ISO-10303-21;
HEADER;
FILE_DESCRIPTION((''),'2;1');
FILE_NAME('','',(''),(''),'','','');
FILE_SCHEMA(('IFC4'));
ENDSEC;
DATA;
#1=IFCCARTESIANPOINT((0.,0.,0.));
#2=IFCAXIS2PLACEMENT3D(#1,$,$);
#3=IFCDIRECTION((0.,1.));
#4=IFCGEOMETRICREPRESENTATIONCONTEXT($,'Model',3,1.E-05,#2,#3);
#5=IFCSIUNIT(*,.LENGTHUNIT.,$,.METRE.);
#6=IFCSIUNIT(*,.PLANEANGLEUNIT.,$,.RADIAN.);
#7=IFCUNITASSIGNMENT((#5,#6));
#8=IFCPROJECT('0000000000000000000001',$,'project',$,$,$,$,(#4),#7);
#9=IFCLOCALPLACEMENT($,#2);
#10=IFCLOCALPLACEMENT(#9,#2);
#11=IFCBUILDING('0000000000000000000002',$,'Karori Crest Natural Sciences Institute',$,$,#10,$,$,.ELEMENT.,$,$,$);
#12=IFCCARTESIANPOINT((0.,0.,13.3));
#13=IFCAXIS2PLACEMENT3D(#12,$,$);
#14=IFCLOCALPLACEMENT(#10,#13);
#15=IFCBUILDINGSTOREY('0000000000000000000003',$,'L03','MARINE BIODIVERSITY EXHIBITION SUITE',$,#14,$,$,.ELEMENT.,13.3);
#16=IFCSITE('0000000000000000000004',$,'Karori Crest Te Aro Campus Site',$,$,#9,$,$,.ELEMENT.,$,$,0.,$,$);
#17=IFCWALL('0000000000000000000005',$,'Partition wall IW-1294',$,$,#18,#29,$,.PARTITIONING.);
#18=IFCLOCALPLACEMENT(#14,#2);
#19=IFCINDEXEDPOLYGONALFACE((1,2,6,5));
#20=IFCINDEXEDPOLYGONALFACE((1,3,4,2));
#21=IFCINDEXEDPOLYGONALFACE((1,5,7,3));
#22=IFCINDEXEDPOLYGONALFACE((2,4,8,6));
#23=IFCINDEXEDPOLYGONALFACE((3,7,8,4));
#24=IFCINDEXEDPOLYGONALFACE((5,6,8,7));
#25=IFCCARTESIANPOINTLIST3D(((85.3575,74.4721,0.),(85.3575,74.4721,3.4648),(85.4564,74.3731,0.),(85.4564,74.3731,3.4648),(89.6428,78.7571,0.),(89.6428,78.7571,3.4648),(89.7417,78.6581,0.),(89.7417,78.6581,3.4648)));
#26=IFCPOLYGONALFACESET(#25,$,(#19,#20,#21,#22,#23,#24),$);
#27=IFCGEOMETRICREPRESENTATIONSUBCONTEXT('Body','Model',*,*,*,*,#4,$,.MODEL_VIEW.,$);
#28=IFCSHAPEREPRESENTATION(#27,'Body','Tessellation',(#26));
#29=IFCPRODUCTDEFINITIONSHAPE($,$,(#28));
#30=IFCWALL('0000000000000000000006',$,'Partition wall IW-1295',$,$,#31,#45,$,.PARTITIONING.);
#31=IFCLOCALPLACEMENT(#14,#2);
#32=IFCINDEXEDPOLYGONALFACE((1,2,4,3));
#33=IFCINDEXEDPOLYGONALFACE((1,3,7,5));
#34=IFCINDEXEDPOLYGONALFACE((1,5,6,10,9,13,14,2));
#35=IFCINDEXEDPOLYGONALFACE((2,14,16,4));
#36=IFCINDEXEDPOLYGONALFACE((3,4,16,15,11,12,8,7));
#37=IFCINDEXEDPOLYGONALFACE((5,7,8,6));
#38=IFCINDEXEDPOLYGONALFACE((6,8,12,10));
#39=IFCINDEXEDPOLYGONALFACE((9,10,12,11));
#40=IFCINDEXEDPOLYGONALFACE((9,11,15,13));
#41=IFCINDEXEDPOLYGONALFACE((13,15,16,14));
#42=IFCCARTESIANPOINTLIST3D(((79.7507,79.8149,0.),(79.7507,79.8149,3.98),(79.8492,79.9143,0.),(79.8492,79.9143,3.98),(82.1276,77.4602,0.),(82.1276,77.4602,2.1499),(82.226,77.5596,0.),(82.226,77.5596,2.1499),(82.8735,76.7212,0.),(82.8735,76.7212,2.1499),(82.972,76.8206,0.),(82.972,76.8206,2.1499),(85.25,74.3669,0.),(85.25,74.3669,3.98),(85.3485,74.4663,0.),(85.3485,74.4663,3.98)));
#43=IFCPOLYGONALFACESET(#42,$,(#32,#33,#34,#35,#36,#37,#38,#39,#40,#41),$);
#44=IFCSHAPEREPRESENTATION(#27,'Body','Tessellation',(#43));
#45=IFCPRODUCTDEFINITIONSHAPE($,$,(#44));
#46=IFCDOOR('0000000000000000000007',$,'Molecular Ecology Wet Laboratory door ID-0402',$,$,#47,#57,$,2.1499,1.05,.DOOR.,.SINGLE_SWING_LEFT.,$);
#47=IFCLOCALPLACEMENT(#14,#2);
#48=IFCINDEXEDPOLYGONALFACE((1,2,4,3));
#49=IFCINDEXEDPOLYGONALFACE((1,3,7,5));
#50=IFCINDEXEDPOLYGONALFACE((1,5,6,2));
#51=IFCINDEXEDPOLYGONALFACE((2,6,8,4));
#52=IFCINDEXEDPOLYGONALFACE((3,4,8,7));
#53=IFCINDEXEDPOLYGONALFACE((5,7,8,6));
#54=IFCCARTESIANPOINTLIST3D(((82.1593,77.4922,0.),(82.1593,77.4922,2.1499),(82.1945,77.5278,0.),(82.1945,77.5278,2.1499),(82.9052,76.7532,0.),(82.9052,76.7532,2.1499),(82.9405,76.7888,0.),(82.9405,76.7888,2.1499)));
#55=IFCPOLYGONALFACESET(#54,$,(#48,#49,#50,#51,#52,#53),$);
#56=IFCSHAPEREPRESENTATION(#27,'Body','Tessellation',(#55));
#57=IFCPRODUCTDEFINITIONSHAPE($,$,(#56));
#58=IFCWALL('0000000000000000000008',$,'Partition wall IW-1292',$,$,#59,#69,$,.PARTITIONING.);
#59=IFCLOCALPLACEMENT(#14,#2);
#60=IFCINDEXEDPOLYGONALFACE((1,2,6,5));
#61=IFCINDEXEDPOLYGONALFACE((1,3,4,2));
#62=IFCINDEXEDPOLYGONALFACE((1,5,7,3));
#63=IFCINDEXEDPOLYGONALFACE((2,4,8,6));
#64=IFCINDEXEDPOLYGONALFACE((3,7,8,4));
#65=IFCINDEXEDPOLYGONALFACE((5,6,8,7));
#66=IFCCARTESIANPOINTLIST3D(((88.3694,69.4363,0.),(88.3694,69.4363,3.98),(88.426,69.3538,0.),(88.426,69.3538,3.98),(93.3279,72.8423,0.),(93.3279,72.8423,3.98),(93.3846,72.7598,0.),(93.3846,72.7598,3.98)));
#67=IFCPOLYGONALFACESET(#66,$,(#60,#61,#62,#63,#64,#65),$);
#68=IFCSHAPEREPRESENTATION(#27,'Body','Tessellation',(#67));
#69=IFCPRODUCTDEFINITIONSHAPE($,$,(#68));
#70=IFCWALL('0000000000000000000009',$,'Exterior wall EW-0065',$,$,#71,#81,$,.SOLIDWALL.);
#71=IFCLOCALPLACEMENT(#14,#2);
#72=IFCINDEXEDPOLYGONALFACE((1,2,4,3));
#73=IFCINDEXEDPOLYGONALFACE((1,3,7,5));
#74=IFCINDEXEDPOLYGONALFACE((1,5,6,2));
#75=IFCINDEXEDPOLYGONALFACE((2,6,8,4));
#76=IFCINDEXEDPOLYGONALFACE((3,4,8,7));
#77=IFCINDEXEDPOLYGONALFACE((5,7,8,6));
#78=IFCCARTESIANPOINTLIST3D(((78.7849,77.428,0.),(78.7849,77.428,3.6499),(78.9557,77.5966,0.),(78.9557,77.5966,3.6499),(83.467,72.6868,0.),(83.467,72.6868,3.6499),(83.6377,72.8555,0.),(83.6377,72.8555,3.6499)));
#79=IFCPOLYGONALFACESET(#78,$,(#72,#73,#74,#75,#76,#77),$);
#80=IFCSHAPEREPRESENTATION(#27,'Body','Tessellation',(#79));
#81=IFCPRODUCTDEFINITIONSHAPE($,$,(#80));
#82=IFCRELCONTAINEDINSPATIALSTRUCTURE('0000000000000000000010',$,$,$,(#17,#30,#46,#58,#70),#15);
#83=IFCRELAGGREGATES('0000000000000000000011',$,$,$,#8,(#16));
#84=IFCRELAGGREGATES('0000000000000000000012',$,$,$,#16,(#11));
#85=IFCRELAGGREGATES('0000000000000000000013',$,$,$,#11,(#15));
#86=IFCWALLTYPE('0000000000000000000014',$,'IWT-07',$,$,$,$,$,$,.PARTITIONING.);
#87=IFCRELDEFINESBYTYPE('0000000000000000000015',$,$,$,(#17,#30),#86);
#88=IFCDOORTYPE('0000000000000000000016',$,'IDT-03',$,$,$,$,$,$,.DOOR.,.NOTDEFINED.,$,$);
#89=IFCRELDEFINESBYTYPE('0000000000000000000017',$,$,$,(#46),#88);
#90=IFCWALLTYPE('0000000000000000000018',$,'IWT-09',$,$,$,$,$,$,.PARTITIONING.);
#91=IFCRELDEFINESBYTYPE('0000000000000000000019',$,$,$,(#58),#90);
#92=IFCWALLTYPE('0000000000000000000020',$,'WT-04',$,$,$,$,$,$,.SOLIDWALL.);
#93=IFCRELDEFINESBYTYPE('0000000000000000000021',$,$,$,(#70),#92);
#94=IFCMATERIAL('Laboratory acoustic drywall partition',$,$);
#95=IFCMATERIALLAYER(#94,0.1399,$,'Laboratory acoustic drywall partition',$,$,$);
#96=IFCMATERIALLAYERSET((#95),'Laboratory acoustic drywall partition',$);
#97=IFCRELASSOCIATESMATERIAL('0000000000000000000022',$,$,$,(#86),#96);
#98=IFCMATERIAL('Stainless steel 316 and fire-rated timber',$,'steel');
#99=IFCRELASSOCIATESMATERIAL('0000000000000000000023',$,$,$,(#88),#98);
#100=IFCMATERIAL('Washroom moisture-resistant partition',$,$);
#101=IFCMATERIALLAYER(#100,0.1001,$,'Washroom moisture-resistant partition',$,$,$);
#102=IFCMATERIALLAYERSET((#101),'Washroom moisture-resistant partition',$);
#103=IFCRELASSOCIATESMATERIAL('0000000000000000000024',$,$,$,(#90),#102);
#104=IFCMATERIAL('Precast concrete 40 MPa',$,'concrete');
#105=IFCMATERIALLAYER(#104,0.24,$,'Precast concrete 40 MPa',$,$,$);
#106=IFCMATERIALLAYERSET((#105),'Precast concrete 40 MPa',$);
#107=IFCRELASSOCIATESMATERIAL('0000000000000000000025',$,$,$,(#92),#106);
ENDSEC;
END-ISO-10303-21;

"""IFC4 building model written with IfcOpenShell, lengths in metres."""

from ifc_helpers import new_model, si_unit, direction, frame, frame_2d, origin, place, context, subcontext, project, spatial, rectangle, extrude, material, layer, layer_set, type_object, element, fill, save


model = new_model("IFC4")

# Units and contexts
model_context = context("Model", 3, precision=1e-05, world=origin(), true_north=direction((0.0, 1.0)))
body_context = subcontext(model_context, "Body", "Model", "MODEL_VIEW")
ifc_project = project(units=[si_unit("LENGTHUNIT", "METRE"), si_unit("PLANEANGLEUNIT", "RADIAN")], contexts=[model_context])

# Site, building, storey
site_placement = place(None, origin())
site = spatial("IfcSite", under=ifc_project, at=site_placement, Name="Karori Crest Te Aro Campus Site", CompositionType="ELEMENT", RefElevation=0.0)
building_placement = place(site_placement, origin())
building = spatial("IfcBuilding", under=site, at=building_placement, Name="Karori Crest Natural Sciences Institute", CompositionType="ELEMENT")
storey_placement = place(building_placement, frame((0.0, 0.0, 13.3)))
storey = spatial("IfcBuildingStorey", under=building, at=storey_placement, Name="L03", Description="MARINE BIODIVERSITY EXHIBITION SUITE", CompositionType="ELEMENT", Elevation=13.3)

# Wall
ifc_material_1 = material(Name="Laboratory acoustic drywall partition")
ifc_layer_1 = layer(ifc_material_1, 0.1399, Name="Laboratory acoustic drywall partition")
ifc_layer_set_1 = layer_set([ifc_layer_1], Name="Laboratory acoustic drywall partition")
wall_type_1 = type_object("IfcWallType", Name="IWT-07", PredefinedType="PARTITIONING", material=ifc_layer_set_1)
wall_1_placement = place(storey_placement, frame((85.407, 74.4226, 0.0), z_axis=(0.0, 0.0, 1.0), x_axis=(0.707127, 0.707087, 0.0)))
element("IfcWall", 1, at=wall_1_placement, inside=storey, type_object=wall_type_1, Name="Partition wall IW-1294", PredefinedType="PARTITIONING", context=body_context, shape_type="SweptSolid", body=[
    extrude(rectangle(XDim=6.0601, YDim=0.1399, at=frame_2d((3.03, 0.0))), origin(), (0.0, 0.0, 1.0), 3.4648),
])

# Wall, opening, door
wall_2_placement = place(storey_placement, frame((85.2993, 74.4165, 0.0), z_axis=(0.0, 0.0, 1.0), x_axis=(-0.710411, 0.703787, 0.0)))
wall_2 = element("IfcWall", 2, at=wall_2_placement, inside=storey, type_object=wall_type_1, Name="Partition wall IW-1295", PredefinedType="PARTITIONING", context=body_context, shape_type="SweptSolid", body=[
    extrude(rectangle(XDim=7.741, YDim=0.1399, at=frame_2d((3.8706, 0.0))), origin(), (0.0, 0.0, 1.0), 3.98),
])
opening_placement = place(wall_2_placement, frame((3.3455, 0.0, 0.0)))
opening = element("IfcOpeningElement", 3, at=opening_placement, cuts=wall_2, PredefinedType="OPENING", context=body_context, shape_type="SweptSolid", body=[
    extrude(rectangle(XDim=1.05, YDim=2.1499, at=frame_2d((0.5249, 1.075))), frame((0.0, 0.0801, 0.0), z_axis=(0.0, -1.0, 0.0), x_axis=(1.0, 0.0, 0.0)), (0.0, 0.0, 1.0), 0.1599),
])
ifc_material_2 = material(Name="Stainless steel 316 and fire-rated timber", Category="steel")
door_type = type_object("IfcDoorType", Name="IDT-03", OperationType="NOTDEFINED", PredefinedType="DOOR", material=ifc_material_2)
door_placement = place(opening_placement, origin())
door = element("IfcDoor", 4, at=door_placement, inside=storey, type_object=door_type, Name="Molecular Ecology Wet Laboratory door ID-0402", OperationType="SINGLE_SWING_LEFT", OverallHeight=2.1499, OverallWidth=1.05, PredefinedType="DOOR", context=body_context, shape_type="SweptSolid", body=[
    extrude(rectangle(XDim=1.05, YDim=2.1499, at=frame_2d((0.5249, 1.075))), frame((0.0, 0.0249, 0.0), z_axis=(0.0, -1.0, 0.0), x_axis=(1.0, 0.0, 0.0)), (0.0, 0.0, 1.0), 0.05),
])
fill(opening, door)

# Walls
ifc_material_3 = material(Name="Washroom moisture-resistant partition")
ifc_layer_2 = layer(ifc_material_3, 0.1001, Name="Washroom moisture-resistant partition")
ifc_layer_set_2 = layer_set([ifc_layer_2], Name="Washroom moisture-resistant partition")
wall_type_2 = type_object("IfcWallType", Name="IWT-09", PredefinedType="PARTITIONING", material=ifc_layer_set_2)
wall_3_placement = place(storey_placement, frame((88.3977, 69.395, 0.0), z_axis=(0.0, 0.0, 1.0), x_axis=(0.824272, 0.566195, 0.0)))
element("IfcWall", 5, at=wall_3_placement, inside=storey, type_object=wall_type_2, Name="Partition wall IW-1292", PredefinedType="PARTITIONING", context=body_context, shape_type="SweptSolid", body=[
    extrude(rectangle(XDim=6.0156, YDim=0.1001, at=frame_2d((3.0078, 0.0))), origin(), (0.0, 0.0, 1.0), 3.98),
])
ifc_material_4 = material(Name="Precast concrete 40 MPa", Category="concrete")
ifc_layer_3 = layer(ifc_material_4, 0.24, Name="Precast concrete 40 MPa")
ifc_layer_set_3 = layer_set([ifc_layer_3], Name="Precast concrete 40 MPa")
wall_type_3 = type_object("IfcWallType", Name="WT-04", PredefinedType="SOLIDWALL", material=ifc_layer_set_3)
wall_4_placement = place(storey_placement, frame((83.5522, 72.7712, 0.0), z_axis=(0.0, 0.0, 1.0), x_axis=(-0.70266, 0.711526, 0.0)))
element("IfcWall", 6, at=wall_4_placement, inside=storey, type_object=wall_type_3, Name="Exterior wall EW-0065", PredefinedType="SOLIDWALL", context=body_context, shape_type="SweptSolid", body=[
    extrude(rectangle(XDim=6.6633, YDim=0.24, at=frame_2d((3.3315, 0.0))), origin(), (0.0, 0.0, 1.0), 3.6499),
])

save(model, "model.ifc")
